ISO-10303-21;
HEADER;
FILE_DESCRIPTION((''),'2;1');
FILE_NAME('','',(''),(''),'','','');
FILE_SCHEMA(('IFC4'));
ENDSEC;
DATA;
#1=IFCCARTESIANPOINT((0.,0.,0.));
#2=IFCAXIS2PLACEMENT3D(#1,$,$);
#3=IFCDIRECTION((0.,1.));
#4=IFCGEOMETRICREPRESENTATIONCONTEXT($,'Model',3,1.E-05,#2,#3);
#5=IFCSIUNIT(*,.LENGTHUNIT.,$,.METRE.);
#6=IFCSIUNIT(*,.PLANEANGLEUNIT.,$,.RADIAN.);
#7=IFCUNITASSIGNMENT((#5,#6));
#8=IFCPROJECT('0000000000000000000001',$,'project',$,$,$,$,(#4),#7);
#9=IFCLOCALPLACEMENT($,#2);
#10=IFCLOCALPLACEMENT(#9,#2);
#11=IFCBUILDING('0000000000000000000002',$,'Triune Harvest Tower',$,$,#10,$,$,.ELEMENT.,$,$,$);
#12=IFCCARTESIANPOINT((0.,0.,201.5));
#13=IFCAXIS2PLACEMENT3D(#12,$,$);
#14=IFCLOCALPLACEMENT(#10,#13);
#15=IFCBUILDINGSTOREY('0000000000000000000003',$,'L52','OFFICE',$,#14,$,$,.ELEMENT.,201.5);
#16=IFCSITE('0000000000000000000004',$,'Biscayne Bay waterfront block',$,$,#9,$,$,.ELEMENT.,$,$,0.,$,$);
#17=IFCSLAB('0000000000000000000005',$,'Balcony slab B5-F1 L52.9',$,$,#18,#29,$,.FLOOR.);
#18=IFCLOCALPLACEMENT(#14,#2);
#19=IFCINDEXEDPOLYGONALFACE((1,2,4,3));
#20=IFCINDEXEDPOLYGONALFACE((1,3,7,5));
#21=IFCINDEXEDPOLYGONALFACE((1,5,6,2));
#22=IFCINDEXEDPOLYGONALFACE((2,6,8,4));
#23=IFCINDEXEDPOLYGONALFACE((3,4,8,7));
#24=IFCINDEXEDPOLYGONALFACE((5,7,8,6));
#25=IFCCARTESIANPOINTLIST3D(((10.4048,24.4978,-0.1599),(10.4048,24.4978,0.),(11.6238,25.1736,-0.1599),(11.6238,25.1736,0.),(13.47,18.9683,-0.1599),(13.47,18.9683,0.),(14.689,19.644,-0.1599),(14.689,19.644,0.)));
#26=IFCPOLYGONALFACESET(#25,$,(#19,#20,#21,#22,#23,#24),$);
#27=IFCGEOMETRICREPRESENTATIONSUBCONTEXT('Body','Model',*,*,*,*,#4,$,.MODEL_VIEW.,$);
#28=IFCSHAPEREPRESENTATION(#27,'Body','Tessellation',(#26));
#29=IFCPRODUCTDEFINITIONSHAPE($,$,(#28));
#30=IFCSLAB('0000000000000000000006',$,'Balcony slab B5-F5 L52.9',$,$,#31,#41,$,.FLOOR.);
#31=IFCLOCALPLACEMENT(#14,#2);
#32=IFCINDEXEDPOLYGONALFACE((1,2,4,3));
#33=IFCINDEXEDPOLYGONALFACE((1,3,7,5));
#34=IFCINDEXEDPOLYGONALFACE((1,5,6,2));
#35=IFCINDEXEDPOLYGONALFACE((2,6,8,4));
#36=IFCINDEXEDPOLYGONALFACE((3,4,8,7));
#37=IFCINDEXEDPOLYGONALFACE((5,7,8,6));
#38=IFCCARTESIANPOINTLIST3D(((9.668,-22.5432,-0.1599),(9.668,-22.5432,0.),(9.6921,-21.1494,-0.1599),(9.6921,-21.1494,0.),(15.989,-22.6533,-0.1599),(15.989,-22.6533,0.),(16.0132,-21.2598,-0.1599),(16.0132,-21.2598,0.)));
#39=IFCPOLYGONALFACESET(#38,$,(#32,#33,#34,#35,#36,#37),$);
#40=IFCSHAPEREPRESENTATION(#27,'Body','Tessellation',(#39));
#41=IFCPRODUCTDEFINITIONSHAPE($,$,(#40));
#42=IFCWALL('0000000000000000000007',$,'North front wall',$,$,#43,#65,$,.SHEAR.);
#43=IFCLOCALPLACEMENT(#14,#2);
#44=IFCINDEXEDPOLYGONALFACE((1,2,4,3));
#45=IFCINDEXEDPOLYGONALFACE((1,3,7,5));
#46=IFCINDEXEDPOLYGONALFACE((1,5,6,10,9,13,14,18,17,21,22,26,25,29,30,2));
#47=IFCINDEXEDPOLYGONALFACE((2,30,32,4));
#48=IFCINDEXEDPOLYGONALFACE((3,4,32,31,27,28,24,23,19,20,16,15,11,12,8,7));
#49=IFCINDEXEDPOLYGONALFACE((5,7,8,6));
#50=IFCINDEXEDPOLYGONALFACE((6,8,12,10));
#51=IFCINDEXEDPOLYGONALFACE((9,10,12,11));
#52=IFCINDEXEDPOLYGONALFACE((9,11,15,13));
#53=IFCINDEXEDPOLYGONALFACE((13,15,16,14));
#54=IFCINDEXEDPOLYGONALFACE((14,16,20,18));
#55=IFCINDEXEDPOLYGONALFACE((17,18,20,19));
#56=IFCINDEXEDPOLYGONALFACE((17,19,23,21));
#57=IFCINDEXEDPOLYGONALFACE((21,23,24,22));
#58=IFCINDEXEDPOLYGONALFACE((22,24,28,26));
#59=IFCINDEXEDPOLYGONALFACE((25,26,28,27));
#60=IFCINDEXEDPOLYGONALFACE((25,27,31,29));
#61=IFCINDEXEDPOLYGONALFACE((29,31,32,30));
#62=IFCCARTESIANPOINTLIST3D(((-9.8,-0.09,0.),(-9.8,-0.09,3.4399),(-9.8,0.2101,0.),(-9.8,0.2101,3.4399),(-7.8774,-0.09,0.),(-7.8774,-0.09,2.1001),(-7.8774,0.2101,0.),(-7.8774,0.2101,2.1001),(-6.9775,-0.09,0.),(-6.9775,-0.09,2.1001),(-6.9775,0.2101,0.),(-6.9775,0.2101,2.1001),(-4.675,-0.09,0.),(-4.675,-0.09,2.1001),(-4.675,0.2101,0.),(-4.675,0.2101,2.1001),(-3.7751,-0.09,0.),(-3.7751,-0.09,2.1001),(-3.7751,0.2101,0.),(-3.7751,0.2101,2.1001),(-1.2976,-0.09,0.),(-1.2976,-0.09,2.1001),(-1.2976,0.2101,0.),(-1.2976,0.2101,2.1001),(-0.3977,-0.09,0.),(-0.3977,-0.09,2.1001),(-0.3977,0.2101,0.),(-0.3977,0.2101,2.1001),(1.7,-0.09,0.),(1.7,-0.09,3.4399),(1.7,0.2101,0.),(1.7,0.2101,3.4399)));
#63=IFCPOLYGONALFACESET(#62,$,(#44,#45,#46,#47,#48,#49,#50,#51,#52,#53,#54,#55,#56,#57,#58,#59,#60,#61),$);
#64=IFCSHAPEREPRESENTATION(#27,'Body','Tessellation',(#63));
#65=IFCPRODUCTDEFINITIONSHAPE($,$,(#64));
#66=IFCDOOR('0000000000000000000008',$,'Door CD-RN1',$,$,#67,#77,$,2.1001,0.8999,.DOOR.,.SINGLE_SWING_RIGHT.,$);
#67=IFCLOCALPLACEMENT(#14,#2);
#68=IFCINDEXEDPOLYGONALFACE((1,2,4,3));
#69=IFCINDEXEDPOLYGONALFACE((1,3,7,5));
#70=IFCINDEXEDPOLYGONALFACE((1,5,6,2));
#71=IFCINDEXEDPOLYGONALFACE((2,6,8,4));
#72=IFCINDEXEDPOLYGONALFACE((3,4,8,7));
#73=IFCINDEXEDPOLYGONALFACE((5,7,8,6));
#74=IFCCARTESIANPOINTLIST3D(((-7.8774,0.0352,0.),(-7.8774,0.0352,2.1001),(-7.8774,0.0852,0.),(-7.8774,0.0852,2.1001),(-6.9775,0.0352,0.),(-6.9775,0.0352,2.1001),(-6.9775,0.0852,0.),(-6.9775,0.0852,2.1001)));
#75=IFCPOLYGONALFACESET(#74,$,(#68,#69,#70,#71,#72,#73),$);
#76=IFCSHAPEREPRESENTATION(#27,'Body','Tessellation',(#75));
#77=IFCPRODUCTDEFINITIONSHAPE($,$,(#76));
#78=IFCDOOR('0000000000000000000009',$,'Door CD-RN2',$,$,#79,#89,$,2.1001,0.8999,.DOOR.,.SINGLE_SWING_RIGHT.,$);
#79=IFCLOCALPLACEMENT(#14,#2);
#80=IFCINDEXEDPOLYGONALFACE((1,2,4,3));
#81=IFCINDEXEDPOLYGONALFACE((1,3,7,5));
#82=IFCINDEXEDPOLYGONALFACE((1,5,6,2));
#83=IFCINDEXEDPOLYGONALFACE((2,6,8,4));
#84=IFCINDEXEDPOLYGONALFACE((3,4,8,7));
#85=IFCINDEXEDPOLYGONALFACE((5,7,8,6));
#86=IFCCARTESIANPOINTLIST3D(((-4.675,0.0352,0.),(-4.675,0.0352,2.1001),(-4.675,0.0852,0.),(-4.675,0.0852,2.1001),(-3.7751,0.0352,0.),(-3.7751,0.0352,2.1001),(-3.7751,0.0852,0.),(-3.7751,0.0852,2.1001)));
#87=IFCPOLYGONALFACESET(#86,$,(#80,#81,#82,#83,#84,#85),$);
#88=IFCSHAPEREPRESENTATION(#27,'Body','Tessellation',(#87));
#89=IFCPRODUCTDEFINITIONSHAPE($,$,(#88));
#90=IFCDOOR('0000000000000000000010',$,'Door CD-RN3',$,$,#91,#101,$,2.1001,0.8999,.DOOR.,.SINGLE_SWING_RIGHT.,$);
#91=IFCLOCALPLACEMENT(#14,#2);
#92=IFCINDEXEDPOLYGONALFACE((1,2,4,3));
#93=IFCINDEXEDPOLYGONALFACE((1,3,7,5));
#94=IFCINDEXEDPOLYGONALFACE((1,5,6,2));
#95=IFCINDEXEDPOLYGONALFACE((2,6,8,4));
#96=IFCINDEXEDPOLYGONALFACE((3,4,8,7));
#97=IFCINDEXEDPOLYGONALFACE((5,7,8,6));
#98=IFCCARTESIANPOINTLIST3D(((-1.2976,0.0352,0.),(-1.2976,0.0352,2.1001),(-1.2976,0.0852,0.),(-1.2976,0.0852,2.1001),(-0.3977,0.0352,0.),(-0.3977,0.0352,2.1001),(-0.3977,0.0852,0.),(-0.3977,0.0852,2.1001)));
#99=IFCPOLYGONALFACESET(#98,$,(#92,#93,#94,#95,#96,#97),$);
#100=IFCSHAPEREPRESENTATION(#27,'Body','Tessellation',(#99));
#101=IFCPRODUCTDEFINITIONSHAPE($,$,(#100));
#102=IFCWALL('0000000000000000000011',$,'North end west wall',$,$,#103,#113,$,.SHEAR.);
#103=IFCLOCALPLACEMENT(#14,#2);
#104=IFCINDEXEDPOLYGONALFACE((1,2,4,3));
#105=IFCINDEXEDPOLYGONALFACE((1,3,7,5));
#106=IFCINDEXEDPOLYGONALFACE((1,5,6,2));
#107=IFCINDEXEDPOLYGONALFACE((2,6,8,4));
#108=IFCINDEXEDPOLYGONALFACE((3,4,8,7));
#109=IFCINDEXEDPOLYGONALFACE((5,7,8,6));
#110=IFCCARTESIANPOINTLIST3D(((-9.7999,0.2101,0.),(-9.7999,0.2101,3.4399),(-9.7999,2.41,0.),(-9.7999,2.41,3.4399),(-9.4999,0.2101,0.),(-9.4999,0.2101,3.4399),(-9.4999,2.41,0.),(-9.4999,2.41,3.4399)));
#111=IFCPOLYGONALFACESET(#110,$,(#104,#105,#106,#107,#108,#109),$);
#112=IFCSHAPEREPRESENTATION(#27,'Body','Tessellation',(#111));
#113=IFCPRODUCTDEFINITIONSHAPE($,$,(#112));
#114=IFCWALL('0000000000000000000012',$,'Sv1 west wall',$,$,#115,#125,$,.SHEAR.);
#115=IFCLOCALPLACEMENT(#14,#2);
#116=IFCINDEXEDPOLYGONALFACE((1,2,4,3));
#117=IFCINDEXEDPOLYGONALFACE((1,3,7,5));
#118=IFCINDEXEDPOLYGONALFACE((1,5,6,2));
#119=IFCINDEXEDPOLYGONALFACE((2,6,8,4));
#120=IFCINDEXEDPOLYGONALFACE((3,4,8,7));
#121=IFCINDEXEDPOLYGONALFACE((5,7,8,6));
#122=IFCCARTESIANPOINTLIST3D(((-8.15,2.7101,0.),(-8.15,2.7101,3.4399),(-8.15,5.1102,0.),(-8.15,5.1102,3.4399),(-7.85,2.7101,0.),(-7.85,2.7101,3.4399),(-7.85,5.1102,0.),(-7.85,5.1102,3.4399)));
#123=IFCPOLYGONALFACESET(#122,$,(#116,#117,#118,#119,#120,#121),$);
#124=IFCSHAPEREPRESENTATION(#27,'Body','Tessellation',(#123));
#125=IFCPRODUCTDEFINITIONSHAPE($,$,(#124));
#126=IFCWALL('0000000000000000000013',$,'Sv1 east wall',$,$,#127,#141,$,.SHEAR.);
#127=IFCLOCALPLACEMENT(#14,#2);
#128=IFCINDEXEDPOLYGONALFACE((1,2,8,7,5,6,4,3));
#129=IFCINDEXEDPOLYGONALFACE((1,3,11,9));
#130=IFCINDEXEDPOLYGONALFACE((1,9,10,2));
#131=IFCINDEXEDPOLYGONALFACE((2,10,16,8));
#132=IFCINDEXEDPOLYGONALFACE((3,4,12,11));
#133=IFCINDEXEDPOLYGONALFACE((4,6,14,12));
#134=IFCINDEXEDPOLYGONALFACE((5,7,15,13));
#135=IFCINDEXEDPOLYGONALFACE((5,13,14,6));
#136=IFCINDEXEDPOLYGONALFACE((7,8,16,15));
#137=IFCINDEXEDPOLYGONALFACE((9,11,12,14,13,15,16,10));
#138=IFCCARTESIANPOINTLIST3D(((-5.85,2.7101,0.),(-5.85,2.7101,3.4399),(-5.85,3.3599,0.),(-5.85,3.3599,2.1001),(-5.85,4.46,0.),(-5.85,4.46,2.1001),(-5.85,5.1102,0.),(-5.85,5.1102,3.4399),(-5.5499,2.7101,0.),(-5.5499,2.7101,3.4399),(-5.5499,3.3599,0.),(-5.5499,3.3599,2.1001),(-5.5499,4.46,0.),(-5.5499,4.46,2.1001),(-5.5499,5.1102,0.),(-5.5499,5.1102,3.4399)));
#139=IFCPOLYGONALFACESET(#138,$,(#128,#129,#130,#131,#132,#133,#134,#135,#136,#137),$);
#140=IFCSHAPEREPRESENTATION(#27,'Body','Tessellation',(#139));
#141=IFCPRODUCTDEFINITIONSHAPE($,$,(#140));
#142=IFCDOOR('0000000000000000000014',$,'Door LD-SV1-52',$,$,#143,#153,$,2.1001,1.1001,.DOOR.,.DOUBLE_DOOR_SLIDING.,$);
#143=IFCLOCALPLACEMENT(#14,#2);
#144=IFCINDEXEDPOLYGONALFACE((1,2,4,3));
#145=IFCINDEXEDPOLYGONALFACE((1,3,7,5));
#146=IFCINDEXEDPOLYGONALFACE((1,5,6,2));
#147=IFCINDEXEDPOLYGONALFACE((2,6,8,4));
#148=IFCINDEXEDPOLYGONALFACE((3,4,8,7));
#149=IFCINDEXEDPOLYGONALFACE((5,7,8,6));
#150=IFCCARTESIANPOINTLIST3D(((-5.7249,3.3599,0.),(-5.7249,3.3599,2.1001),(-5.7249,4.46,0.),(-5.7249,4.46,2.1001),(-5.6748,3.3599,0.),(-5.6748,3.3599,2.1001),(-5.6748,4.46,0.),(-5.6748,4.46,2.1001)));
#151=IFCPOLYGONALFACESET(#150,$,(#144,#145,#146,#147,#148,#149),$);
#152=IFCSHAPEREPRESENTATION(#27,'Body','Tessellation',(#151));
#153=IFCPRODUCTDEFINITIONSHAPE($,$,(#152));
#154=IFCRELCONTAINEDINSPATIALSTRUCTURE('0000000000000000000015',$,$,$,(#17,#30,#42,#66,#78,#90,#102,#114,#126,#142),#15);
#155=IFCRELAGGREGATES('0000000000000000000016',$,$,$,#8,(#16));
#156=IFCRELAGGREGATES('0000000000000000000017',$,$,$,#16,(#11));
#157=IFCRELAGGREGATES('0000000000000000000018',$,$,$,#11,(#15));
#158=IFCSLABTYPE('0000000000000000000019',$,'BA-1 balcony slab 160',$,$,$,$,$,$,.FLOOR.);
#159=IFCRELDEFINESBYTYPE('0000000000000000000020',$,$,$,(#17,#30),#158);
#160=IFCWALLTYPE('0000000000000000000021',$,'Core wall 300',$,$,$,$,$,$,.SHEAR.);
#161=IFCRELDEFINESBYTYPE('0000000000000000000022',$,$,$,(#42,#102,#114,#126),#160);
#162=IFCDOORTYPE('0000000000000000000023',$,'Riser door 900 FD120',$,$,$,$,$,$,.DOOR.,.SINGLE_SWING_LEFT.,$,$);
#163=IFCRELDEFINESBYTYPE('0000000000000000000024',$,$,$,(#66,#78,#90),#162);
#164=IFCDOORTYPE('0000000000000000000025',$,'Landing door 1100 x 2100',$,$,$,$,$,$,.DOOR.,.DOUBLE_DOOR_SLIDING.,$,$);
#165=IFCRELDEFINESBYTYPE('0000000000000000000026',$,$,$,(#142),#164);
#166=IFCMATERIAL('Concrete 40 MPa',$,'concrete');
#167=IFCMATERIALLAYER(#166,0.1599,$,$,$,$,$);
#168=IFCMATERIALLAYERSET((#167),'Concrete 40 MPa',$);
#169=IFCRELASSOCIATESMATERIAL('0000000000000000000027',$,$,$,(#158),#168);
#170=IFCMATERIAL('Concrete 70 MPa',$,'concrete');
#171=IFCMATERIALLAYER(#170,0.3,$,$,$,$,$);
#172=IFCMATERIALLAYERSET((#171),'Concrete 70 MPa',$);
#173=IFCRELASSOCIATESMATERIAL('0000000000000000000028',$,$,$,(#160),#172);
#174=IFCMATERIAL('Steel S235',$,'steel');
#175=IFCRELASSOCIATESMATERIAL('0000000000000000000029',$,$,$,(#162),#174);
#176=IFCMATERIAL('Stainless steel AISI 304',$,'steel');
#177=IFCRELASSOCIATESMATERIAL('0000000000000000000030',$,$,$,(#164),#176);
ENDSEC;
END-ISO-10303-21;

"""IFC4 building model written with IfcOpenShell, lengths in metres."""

from ifc_helpers import new_model, si_unit, direction, frame, frame_2d, origin, place, context, subcontext, project, spatial, polyline, rectangle, outline, extrude, source, transform, mapped, material, layer, layer_set, type_object, element, fill, save


model = new_model("IFC4")

# Units and contexts
model_context = context("Model", 3, precision=1e-05, world=origin(), true_north=direction((0.0, 1.0)))
body_context = subcontext(model_context, "Body", "Model", "MODEL_VIEW")
ifc_project = project(units=[si_unit("LENGTHUNIT", "METRE"), si_unit("PLANEANGLEUNIT", "RADIAN")], contexts=[model_context])

# Site, building, storey
site_placement = place(None, origin())
site = spatial("IfcSite", under=ifc_project, at=site_placement, Name="Biscayne Bay waterfront block", CompositionType="ELEMENT", RefElevation=0.0)
building_placement = place(site_placement, origin())
building = spatial("IfcBuilding", under=site, at=building_placement, Name="Triune Harvest Tower", CompositionType="ELEMENT")
storey_placement = place(building_placement, frame((0.0, 0.0, 201.5)))
storey = spatial("IfcBuildingStorey", under=building, at=storey_placement, Name="L52", Description="OFFICE", CompositionType="ELEMENT", Elevation=201.5)

# Slabs
ifc_material_1 = material(Name="Concrete 40 MPa", Category="concrete")
ifc_layer_1 = layer(ifc_material_1, 0.1599)
ifc_layer_set_1 = layer_set([ifc_layer_1], Name="Concrete 40 MPa")
slab_type = type_object("IfcSlabType", Name="BA-1 balcony slab 160", PredefinedType="FLOOR", material=ifc_layer_set_1)
slab_1_placement = place(storey_placement, frame((0.0, 0.0, -0.1599)))
element("IfcSlab", 1, at=slab_1_placement, inside=storey, type_object=slab_type, Name="Balcony slab B5-F1 L52.9", PredefinedType="FLOOR", context=body_context, shape_type="SweptSolid", body=[
    extrude(outline(polyline([(13.47, 18.9683), (10.4048, 24.4978), (11.6238, 25.1736), (14.689, 19.644), (13.47, 18.9683)])), origin(), (0.0, 0.0, 1.0), 0.1599),
])
slab_2_placement = place(storey_placement, frame((0.0, 0.0, -0.1599)))
element("IfcSlab", 2, at=slab_2_placement, inside=storey, type_object=slab_type, Name="Balcony slab B5-F5 L52.9", PredefinedType="FLOOR", context=body_context, shape_type="SweptSolid", body=[
    extrude(outline(polyline([(9.6921, -21.1494), (16.0132, -21.2598), (15.989, -22.6533), (9.668, -22.5432), (9.6921, -21.1494)])), origin(), (0.0, 0.0, 1.0), 0.1599),
])

# Wall, openings, doors
ifc_material_2 = material(Name="Concrete 70 MPa", Category="concrete")
ifc_layer_2 = layer(ifc_material_2, 0.3)
ifc_layer_set_2 = layer_set([ifc_layer_2], Name="Concrete 70 MPa")
wall_type_1 = type_object("IfcWallType", Name="Core wall 300", PredefinedType="SHEAR", material=ifc_layer_set_2)
shared_shape_1 = source(origin(), body_context, "Body", "SweptSolid", [
    extrude(rectangle(XDim=11.5, YDim=0.3, at=frame_2d((5.75, 0.0))), origin(), (0.0, 0.0, 1.0), 3.4399),
])
wall_1_placement = place(storey_placement, frame((-9.8, 0.0601, 0.0), z_axis=(0.0, 0.0, 1.0), x_axis=(1.0, 0.0, 0.0)))
wall_1 = element("IfcWall", 3, at=wall_1_placement, inside=storey, type_object=wall_type_1, Name="North front wall", PredefinedType="SHEAR", context=body_context, shape_type="MappedRepresentation", body=[
    mapped(shared_shape_1, transform((0.0, 0.0, 0.0), scale=1.0)),
])
opening_1_placement = place(wall_1_placement, frame((1.9226, 0.0, 0.0)))
opening_1 = element("IfcOpeningElement", 4, at=opening_1_placement, cuts=wall_1, PredefinedType="OPENING", context=body_context, shape_type="SweptSolid", body=[
    extrude(rectangle(XDim=0.8999, YDim=2.1001, at=frame_2d((0.45, 1.05))), frame((0.0, 0.1602, 0.0), z_axis=(0.0, -1.0, 0.0), x_axis=(1.0, 0.0, 0.0)), (0.0, 0.0, 1.0), 0.3201),
])
opening_2_placement = place(wall_1_placement, frame((5.125, 0.0, 0.0)))
opening_2 = element("IfcOpeningElement", 5, at=opening_2_placement, cuts=wall_1, PredefinedType="OPENING", context=body_context, shape_type="SweptSolid", body=[
    extrude(rectangle(XDim=0.8999, YDim=2.1001, at=frame_2d((0.45, 1.05))), frame((0.0, 0.1602, 0.0), z_axis=(0.0, -1.0, 0.0), x_axis=(1.0, 0.0, 0.0)), (0.0, 0.0, 1.0), 0.3201),
])
opening_3_placement = place(wall_1_placement, frame((8.5024, 0.0, 0.0)))
opening_3 = element("IfcOpeningElement", 6, at=opening_3_placement, cuts=wall_1, PredefinedType="OPENING", context=body_context, shape_type="SweptSolid", body=[
    extrude(rectangle(XDim=0.8999, YDim=2.1001, at=frame_2d((0.45, 1.05))), frame((0.0, 0.1602, 0.0), z_axis=(0.0, -1.0, 0.0), x_axis=(1.0, 0.0, 0.0)), (0.0, 0.0, 1.0), 0.3201),
])
ifc_material_3 = material(Name="Steel S235", Category="steel")
door_type_1 = type_object("IfcDoorType", Name="Riser door 900 FD120", OperationType="SINGLE_SWING_LEFT", PredefinedType="DOOR", material=ifc_material_3)
door_1_placement = place(opening_1_placement, frame((0.8999, 0.0, 0.0), z_axis=(0.0, 0.0, 1.0), x_axis=(-1.0, 0.0, 0.0)))
door_1 = element("IfcDoor", 7, at=door_1_placement, inside=storey, type_object=door_type_1, Name="Door CD-RN1", OperationType="SINGLE_SWING_RIGHT", OverallHeight=2.1001, OverallWidth=0.8999, PredefinedType="DOOR", context=body_context, shape_type="SweptSolid", body=[
    extrude(rectangle(XDim=0.8999, YDim=2.1001, at=frame_2d((0.45, 1.05))), frame((0.0, 0.0249, 0.0), z_axis=(0.0, -1.0, 0.0), x_axis=(1.0, 0.0, 0.0)), (0.0, 0.0, 1.0), 0.05),
])
fill(opening_1, door_1)
door_2_placement = place(opening_2_placement, frame((0.8999, 0.0, 0.0), z_axis=(0.0, 0.0, 1.0), x_axis=(-1.0, 0.0, 0.0)))
door_2 = element("IfcDoor", 8, at=door_2_placement, inside=storey, type_object=door_type_1, Name="Door CD-RN2", OperationType="SINGLE_SWING_RIGHT", OverallHeight=2.1001, OverallWidth=0.8999, PredefinedType="DOOR", context=body_context, shape_type="SweptSolid", body=[
    extrude(rectangle(XDim=0.8999, YDim=2.1001, at=frame_2d((0.45, 1.05))), frame((0.0, 0.0249, 0.0), z_axis=(0.0, -1.0, 0.0), x_axis=(1.0, 0.0, 0.0)), (0.0, 0.0, 1.0), 0.05),
])
fill(opening_2, door_2)
door_3_placement = place(opening_3_placement, frame((0.8999, 0.0, 0.0), z_axis=(0.0, 0.0, 1.0), x_axis=(-1.0, 0.0, 0.0)))
door_3 = element("IfcDoor", 9, at=door_3_placement, inside=storey, type_object=door_type_1, Name="Door CD-RN3", OperationType="SINGLE_SWING_RIGHT", OverallHeight=2.1001, OverallWidth=0.8999, PredefinedType="DOOR", context=body_context, shape_type="SweptSolid", body=[
    extrude(rectangle(XDim=0.8999, YDim=2.1001, at=frame_2d((0.45, 1.05))), frame((0.0, 0.0249, 0.0), z_axis=(0.0, -1.0, 0.0), x_axis=(1.0, 0.0, 0.0)), (0.0, 0.0, 1.0), 0.05),
])
fill(opening_3, door_3)

# Walls
shared_shape_2 = source(origin(), body_context, "Body", "SweptSolid", [
    extrude(rectangle(XDim=2.2, YDim=0.3, at=frame_2d((1.1001, 0.0))), origin(), (0.0, 0.0, 1.0), 3.4399),
])
wall_2_placement = place(storey_placement, frame((-9.6499, 0.21, 0.0), z_axis=(0.0, 0.0, 1.0), x_axis=(0.0, 1.0, 0.0)))
element("IfcWall", 10, at=wall_2_placement, inside=storey, type_object=wall_type_1, Name="North end west wall", PredefinedType="SHEAR", context=body_context, shape_type="MappedRepresentation", body=[
    mapped(shared_shape_2, transform((0.0, 0.0, 0.0), scale=1.0)),
])
shared_shape_3 = source(origin(), body_context, "Body", "SweptSolid", [
    extrude(rectangle(XDim=2.4001, YDim=0.3, at=frame_2d((1.2002, 0.0))), origin(), (0.0, 0.0, 1.0), 3.4399),
])
wall_3_placement = place(storey_placement, frame((-8.0, 2.71, 0.0), z_axis=(0.0, 0.0, 1.0), x_axis=(0.0, 1.0, 0.0)))
element("IfcWall", 11, at=wall_3_placement, inside=storey, type_object=wall_type_1, Name="Sv1 west wall", PredefinedType="SHEAR", context=body_context, shape_type="MappedRepresentation", body=[
    mapped(shared_shape_3, transform((0.0, 0.0, 0.0), scale=1.0)),
])

# Wall, opening, door
wall_4_placement = place(storey_placement, frame((-5.7, 2.71, 0.0), z_axis=(0.0, 0.0, 1.0), x_axis=(0.0, 1.0, 0.0)))
wall_4 = element("IfcWall", 12, at=wall_4_placement, inside=storey, type_object=wall_type_1, Name="Sv1 east wall", PredefinedType="SHEAR", context=body_context, shape_type="MappedRepresentation", body=[
    mapped(shared_shape_3, transform((0.0, 0.0, 0.0), scale=1.0)),
])
opening_4_placement = place(wall_4_placement, frame((0.6499, 0.0, 0.0)))
opening_4 = element("IfcOpeningElement", 13, at=opening_4_placement, cuts=wall_4, PredefinedType="OPENING", context=body_context, shape_type="SweptSolid", body=[
    extrude(rectangle(XDim=1.1001, YDim=2.1001, at=frame_2d((0.55, 1.05))), frame((0.0, 0.1602, 0.0), z_axis=(0.0, -1.0, 0.0), x_axis=(1.0, 0.0, 0.0)), (0.0, 0.0, 1.0), 0.3201),
])
ifc_material_4 = material(Name="Stainless steel AISI 304", Category="steel")
door_type_2 = type_object("IfcDoorType", Name="Landing door 1100 x 2100", OperationType="DOUBLE_DOOR_SLIDING", PredefinedType="DOOR", material=ifc_material_4)
door_4_placement = place(opening_4_placement, origin())
door_4 = element("IfcDoor", 14, at=door_4_placement, inside=storey, type_object=door_type_2, Name="Door LD-SV1-52", OperationType="DOUBLE_DOOR_SLIDING", OverallHeight=2.1001, OverallWidth=1.1001, PredefinedType="DOOR", context=body_context, shape_type="SweptSolid", body=[
    extrude(rectangle(XDim=1.1001, YDim=2.1001, at=frame_2d((0.55, 1.05))), frame((0.0, 0.0249, 0.0), z_axis=(0.0, -1.0, 0.0), x_axis=(1.0, 0.0, 0.0)), (0.0, 0.0, 1.0), 0.05),
])
fill(opening_4, door_4)

save(model, "model.ifc")
